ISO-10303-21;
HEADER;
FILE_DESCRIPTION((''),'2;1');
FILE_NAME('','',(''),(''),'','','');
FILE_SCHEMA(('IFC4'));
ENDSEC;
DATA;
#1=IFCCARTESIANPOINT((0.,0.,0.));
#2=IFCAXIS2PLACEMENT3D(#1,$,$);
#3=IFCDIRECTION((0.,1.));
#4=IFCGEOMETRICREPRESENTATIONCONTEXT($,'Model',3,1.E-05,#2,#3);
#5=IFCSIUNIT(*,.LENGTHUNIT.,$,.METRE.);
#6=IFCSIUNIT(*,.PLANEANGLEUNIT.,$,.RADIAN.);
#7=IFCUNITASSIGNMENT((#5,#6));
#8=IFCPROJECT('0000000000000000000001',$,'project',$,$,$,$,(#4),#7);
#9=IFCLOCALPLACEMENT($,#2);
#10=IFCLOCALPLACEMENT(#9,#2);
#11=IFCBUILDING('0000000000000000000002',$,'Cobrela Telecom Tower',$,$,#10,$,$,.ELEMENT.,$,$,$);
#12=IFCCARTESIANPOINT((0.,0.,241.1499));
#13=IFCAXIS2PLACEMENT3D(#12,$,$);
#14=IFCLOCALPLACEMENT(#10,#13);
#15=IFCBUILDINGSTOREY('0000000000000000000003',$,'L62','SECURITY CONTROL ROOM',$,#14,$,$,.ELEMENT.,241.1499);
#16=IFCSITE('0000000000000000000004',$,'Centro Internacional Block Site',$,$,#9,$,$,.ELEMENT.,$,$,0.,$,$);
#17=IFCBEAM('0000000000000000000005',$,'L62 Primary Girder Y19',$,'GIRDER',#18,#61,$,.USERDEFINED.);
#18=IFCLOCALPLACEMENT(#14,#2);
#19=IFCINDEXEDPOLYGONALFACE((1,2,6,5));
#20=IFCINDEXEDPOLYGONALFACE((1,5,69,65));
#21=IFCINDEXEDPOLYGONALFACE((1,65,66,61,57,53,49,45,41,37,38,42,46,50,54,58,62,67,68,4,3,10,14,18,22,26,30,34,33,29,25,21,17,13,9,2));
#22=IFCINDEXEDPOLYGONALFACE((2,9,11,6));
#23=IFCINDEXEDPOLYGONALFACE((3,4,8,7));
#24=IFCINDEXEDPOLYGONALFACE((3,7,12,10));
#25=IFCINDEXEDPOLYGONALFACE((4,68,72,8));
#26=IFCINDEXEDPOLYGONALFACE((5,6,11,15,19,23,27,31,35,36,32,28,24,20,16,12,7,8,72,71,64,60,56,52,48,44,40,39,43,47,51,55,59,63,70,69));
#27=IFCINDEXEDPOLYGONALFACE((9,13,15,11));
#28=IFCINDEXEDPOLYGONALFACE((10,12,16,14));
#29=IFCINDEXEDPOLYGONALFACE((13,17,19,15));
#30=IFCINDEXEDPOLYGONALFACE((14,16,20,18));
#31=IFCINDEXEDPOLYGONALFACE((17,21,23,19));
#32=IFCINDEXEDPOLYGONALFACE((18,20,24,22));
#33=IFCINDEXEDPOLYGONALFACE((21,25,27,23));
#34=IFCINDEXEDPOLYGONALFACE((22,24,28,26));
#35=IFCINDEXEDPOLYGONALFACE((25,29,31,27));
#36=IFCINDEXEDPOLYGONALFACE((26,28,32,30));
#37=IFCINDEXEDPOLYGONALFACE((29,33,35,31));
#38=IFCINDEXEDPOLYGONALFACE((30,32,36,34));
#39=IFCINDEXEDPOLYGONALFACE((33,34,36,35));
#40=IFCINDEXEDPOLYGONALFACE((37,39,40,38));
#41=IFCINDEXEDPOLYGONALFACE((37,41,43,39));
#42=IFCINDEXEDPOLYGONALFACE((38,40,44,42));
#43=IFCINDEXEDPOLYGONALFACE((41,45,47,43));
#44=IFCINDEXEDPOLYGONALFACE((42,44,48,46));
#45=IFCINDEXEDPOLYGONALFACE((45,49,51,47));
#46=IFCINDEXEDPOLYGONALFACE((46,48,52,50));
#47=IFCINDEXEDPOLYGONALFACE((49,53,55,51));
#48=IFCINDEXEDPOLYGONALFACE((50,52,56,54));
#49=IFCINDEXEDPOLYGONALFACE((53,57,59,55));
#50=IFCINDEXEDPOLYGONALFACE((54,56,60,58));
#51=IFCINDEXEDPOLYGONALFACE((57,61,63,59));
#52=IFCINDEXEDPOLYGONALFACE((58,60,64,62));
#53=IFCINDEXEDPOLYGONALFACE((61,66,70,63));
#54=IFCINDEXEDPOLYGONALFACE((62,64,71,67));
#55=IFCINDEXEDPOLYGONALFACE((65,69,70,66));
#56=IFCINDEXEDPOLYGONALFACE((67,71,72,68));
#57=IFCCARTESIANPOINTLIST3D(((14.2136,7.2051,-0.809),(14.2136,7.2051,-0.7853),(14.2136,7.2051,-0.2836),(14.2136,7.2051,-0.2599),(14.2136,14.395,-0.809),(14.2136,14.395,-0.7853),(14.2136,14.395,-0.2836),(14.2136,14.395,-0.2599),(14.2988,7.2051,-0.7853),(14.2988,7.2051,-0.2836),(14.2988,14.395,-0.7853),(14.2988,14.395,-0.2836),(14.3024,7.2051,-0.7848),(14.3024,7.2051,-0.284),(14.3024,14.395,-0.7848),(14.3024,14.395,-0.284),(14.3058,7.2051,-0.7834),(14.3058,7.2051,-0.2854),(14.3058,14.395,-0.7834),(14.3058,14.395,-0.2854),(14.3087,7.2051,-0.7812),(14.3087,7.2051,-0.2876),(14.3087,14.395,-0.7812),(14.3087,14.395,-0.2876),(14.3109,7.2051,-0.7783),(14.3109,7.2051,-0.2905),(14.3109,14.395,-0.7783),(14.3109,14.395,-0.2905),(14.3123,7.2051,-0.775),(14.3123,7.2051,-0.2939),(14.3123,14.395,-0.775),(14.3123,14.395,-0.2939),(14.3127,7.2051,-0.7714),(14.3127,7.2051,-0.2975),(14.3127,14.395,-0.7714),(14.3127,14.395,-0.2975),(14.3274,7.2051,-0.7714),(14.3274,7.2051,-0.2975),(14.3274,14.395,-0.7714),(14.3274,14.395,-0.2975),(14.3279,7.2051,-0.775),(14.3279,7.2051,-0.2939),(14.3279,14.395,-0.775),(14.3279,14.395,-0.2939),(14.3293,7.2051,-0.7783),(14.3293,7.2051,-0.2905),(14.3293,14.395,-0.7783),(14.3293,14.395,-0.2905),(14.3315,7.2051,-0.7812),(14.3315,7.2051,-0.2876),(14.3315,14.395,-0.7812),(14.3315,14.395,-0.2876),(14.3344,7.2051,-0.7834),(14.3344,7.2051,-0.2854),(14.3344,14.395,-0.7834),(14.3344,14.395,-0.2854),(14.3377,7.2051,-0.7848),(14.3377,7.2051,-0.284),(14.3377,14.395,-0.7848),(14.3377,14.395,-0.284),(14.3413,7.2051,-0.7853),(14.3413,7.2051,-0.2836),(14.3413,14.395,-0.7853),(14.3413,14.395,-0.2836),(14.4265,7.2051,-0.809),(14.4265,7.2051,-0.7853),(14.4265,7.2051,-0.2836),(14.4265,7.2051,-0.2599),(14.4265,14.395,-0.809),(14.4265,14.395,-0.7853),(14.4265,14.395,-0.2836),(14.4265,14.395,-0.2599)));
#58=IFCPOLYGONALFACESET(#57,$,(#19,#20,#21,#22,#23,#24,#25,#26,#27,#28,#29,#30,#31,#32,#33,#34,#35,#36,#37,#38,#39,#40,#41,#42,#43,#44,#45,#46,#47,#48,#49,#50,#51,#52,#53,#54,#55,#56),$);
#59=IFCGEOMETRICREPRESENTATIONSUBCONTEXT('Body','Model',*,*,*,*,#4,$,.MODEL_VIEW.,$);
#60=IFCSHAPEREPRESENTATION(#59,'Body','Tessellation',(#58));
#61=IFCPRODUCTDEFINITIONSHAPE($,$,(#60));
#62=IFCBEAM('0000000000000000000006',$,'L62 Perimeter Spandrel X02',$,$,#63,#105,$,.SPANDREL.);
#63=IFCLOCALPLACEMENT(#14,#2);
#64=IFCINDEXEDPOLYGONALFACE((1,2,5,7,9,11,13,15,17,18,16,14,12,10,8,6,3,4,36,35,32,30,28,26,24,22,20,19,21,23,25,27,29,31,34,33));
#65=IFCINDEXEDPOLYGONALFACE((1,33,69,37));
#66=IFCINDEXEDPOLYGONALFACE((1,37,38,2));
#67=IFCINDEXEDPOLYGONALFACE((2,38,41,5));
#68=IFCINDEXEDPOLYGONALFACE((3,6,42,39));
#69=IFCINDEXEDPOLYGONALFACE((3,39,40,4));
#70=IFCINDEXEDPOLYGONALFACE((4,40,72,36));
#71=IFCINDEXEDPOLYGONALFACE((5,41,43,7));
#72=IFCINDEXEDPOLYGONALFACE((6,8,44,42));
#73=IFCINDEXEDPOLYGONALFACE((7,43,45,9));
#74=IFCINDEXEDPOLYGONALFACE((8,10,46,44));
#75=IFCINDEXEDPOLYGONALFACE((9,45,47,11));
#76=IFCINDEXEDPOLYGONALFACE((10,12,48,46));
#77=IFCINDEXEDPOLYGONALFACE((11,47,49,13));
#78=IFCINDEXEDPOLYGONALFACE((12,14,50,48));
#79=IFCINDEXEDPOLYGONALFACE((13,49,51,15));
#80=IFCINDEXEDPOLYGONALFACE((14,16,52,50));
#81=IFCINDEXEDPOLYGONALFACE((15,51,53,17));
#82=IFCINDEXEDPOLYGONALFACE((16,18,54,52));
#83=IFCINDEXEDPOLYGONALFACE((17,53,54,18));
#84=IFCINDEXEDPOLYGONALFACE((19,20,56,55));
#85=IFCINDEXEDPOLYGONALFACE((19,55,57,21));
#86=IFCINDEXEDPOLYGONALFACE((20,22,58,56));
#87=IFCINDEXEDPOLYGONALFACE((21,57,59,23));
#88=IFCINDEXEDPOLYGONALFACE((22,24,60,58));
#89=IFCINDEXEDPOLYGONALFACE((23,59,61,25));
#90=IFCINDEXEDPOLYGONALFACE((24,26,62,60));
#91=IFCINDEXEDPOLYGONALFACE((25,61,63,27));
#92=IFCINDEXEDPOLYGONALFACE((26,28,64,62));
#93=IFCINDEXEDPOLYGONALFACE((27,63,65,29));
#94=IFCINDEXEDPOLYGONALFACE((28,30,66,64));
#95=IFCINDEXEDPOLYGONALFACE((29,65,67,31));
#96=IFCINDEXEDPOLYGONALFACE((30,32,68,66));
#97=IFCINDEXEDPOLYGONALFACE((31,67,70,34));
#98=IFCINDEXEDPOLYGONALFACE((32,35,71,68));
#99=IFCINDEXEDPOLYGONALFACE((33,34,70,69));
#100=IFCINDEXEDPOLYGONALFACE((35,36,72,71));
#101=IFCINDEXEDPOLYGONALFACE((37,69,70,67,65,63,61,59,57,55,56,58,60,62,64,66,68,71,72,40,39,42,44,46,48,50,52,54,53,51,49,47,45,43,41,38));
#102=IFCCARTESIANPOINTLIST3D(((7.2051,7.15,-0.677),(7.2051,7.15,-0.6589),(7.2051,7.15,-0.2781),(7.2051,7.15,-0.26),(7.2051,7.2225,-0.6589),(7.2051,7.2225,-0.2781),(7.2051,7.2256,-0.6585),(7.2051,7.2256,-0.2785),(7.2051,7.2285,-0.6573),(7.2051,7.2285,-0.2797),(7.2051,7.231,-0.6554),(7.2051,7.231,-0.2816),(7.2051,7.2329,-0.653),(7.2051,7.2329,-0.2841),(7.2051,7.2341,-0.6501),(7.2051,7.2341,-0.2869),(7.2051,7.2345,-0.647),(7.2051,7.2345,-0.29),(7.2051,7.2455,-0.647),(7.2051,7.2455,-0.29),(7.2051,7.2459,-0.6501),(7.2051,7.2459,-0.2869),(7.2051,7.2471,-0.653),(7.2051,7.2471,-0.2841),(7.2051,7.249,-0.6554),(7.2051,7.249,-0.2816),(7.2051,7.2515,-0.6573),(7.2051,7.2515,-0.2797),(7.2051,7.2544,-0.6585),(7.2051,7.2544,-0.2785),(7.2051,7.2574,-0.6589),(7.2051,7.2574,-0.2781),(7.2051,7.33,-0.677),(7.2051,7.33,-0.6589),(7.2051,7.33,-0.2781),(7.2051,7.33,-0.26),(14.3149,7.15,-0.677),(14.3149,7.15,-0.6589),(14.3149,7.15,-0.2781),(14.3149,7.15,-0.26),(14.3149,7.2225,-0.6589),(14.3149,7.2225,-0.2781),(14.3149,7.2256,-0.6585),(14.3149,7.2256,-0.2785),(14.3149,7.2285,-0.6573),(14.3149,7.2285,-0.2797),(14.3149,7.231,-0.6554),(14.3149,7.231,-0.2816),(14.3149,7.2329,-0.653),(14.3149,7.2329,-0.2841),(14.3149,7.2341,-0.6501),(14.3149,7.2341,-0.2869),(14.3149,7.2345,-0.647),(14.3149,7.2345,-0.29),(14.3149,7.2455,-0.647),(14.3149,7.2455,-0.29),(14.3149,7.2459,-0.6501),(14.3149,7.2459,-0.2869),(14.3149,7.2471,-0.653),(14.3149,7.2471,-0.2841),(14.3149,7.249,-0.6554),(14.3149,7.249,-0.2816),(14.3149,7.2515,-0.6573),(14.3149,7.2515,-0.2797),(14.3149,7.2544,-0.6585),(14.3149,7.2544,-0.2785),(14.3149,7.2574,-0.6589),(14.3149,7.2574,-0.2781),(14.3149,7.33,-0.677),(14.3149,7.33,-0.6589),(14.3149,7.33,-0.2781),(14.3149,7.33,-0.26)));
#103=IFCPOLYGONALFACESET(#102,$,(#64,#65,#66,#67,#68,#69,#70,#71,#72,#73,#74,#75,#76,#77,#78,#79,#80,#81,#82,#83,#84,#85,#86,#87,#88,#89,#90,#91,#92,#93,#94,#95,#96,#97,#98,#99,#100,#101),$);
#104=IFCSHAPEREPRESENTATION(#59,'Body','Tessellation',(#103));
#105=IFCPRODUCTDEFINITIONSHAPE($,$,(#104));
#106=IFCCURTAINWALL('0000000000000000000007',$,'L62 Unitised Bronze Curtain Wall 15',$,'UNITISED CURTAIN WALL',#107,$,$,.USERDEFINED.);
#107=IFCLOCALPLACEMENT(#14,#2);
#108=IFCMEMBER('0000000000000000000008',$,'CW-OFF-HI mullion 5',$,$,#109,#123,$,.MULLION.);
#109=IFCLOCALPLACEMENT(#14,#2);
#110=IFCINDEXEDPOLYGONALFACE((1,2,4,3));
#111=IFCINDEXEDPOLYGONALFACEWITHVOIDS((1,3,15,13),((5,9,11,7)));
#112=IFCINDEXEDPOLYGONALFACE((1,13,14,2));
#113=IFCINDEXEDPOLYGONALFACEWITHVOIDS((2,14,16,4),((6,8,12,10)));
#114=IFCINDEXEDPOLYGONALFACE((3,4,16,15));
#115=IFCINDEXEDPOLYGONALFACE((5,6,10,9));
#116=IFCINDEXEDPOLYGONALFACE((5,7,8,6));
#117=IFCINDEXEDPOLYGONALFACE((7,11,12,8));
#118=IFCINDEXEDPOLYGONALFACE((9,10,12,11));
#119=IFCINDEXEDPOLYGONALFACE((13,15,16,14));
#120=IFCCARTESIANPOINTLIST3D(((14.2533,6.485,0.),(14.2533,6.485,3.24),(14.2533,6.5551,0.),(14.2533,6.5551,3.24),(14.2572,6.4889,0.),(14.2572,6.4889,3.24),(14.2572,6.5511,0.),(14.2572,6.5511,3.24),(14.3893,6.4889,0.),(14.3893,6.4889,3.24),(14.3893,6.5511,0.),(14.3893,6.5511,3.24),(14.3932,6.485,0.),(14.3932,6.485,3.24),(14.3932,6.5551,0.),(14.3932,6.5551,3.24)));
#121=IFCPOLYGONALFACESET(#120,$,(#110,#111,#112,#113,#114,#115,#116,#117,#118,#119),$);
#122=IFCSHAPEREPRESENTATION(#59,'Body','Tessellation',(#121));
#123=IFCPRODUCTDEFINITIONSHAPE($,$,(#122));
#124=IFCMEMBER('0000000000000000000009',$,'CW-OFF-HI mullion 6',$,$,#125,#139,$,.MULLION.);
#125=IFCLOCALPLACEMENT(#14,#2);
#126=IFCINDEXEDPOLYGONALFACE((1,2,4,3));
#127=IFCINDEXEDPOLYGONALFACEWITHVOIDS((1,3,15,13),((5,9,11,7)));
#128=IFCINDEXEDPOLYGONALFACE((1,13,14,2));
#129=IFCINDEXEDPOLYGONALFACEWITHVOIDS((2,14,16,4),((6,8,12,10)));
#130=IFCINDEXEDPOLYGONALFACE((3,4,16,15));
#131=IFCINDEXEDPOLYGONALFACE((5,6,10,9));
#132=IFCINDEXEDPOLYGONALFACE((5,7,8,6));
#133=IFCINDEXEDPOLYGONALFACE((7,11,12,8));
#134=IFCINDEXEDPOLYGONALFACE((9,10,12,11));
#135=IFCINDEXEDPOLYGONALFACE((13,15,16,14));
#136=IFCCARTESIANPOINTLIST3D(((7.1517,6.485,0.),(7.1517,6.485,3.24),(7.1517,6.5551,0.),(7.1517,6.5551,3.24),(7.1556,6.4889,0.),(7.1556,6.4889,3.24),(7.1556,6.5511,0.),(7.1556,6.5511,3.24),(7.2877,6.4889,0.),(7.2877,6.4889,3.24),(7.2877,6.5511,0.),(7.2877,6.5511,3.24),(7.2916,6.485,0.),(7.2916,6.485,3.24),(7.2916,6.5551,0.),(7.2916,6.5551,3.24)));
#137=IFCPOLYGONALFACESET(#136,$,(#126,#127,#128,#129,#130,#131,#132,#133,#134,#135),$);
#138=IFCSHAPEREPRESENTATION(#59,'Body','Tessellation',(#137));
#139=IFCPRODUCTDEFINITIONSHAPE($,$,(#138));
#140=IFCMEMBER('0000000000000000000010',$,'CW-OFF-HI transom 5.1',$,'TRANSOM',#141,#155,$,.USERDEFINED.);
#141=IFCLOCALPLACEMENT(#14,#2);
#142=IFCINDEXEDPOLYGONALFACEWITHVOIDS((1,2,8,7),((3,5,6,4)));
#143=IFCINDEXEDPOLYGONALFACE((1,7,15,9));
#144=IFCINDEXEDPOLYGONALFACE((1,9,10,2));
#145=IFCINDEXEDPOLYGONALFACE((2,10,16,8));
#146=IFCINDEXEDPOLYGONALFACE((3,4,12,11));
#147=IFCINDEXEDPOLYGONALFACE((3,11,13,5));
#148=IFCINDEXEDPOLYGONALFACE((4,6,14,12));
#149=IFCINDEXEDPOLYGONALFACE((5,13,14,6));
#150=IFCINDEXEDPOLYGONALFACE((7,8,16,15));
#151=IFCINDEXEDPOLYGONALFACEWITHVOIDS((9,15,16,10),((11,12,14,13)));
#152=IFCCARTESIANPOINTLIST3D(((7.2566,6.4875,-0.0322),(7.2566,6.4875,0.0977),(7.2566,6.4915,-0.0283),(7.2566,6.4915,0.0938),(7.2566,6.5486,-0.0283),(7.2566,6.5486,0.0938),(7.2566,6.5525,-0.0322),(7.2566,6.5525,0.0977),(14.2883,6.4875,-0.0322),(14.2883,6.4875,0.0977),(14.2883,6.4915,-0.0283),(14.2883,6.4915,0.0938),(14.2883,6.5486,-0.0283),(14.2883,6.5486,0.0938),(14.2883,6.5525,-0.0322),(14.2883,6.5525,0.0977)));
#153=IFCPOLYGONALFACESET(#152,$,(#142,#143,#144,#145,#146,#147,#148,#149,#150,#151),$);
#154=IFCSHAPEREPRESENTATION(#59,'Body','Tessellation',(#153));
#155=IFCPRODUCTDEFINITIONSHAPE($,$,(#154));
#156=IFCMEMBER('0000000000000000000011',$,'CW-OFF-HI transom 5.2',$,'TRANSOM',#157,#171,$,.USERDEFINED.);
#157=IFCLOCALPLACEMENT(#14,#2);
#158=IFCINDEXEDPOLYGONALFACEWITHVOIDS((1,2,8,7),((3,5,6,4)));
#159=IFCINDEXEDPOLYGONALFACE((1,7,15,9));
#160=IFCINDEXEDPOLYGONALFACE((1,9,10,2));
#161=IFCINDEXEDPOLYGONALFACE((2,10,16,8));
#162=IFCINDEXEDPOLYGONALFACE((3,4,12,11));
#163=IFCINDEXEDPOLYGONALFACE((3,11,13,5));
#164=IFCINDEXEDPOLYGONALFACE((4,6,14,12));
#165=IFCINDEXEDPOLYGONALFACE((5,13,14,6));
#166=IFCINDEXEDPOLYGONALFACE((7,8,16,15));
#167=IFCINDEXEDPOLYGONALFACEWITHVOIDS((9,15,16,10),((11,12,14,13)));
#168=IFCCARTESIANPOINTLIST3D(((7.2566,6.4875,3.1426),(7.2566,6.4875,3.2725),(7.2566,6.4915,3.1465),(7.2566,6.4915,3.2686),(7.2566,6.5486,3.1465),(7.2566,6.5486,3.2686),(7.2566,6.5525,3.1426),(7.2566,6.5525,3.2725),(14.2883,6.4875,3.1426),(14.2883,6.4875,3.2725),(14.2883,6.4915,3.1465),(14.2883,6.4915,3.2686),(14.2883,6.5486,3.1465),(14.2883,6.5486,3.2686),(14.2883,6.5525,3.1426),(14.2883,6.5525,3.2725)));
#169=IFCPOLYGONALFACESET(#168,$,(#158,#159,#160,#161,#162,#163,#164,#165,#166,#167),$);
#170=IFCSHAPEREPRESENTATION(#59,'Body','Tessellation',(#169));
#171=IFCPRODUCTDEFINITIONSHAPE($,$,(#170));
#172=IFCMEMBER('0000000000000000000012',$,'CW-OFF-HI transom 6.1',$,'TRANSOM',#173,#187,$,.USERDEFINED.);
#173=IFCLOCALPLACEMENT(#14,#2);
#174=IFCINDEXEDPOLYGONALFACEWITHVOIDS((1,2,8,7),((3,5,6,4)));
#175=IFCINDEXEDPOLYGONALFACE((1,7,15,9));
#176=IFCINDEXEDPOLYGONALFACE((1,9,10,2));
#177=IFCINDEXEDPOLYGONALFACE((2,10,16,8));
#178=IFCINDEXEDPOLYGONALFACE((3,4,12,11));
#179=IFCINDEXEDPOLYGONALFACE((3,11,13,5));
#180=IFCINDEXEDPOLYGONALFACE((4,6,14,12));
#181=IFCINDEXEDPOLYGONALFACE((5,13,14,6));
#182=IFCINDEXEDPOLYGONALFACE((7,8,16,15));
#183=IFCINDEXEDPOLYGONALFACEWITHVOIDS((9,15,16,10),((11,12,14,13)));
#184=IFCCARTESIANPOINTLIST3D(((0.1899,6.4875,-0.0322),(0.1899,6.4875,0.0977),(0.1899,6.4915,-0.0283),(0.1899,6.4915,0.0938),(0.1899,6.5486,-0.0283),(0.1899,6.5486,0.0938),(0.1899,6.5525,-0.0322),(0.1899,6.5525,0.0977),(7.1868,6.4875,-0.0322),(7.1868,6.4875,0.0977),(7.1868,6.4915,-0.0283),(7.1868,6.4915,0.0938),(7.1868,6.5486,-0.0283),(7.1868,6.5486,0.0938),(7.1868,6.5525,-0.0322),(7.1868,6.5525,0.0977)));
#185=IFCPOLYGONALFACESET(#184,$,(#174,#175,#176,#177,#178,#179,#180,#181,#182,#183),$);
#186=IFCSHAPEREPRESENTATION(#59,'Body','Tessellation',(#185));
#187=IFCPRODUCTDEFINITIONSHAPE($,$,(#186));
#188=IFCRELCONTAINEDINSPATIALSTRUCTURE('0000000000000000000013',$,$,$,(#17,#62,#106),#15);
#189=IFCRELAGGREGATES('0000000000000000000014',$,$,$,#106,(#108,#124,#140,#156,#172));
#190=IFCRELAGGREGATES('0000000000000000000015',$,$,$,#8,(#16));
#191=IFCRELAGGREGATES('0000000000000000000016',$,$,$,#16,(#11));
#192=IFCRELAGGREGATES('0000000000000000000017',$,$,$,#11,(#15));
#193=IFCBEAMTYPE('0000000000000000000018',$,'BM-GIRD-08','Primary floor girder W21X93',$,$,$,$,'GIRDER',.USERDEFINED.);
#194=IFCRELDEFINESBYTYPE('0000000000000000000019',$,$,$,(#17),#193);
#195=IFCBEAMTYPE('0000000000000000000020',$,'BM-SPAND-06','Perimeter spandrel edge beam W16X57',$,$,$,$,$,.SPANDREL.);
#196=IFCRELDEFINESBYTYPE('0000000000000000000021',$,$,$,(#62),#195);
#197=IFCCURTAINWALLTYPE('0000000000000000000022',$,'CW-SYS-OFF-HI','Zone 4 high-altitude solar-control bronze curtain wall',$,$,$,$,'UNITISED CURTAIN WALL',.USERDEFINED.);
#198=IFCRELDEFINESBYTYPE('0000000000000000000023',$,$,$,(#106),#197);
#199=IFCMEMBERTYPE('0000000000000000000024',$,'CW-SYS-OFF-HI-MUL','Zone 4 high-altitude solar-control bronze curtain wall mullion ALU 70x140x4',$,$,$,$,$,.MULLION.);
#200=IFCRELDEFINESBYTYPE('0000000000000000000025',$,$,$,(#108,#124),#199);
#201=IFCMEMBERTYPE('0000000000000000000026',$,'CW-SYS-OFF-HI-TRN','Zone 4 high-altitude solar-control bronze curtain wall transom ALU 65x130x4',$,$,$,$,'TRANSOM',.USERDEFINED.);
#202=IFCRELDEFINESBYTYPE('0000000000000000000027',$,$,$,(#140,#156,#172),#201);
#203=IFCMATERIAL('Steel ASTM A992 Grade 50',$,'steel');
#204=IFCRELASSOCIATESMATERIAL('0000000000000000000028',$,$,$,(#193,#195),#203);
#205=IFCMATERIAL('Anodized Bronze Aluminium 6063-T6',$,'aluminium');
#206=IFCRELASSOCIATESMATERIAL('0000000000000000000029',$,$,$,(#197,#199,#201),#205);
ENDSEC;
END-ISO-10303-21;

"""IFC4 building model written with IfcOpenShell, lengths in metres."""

from ifc_helpers import new_model, si_unit, direction, frame, origin, origin_2d, place, context, subcontext, project, spatial, hollow_rectangle, i_section, extrude, material, material_profile, profile_set, type_object, element, aggregate, save


model = new_model("IFC4")

# Units and contexts
model_context = context("Model", 3, precision=1e-05, world=origin(), true_north=direction((0.0, 1.0)))
body_context = subcontext(model_context, "Body", "Model", "MODEL_VIEW")
ifc_project = project(units=[si_unit("LENGTHUNIT", "METRE"), si_unit("PLANEANGLEUNIT", "RADIAN")], contexts=[model_context])

# Site, building, storey
site_placement = place(None, origin())
site = spatial("IfcSite", under=ifc_project, at=site_placement, Name="Centro Internacional Block Site", CompositionType="ELEMENT", RefElevation=0.0)
building_placement = place(site_placement, origin())
building = spatial("IfcBuilding", under=site, at=building_placement, Name="Cobrela Telecom Tower", CompositionType="ELEMENT")
storey_placement = place(building_placement, frame((0.0, 0.0, 241.1499)))
storey = spatial("IfcBuildingStorey", under=building, at=storey_placement, Name="L62", Description="SECURITY CONTROL ROOM", CompositionType="ELEMENT", Elevation=241.1499)

# Beams
ifc_material_1 = material(Name="Steel ASTM A992 Grade 50", Category="steel")
ifc_material_profile_1 = material_profile(ifc_material_1, i_section(OverallWidth=0.2129, OverallDepth=0.5491, WebThickness=0.0146, FlangeThickness=0.0237, FilletRadius=0.0139, at=origin_2d()), Name="W21X93")
ifc_profile_set_1 = profile_set([ifc_material_profile_1], Name="Steel ASTM A992 Grade 50")
beam_type_1 = type_object("IfcBeamType", Name="BM-GIRD-08", Description="Primary floor girder W21X93", ElementType="GIRDER", PredefinedType="USERDEFINED", material=ifc_profile_set_1)
beam_1_placement = place(storey_placement, frame((14.3201, 7.2051, -0.5344), z_axis=(0.0, 1.0, 0.0), x_axis=(-1.0, 0.0, 0.0)))
element("IfcBeam", 1, at=beam_1_placement, inside=storey, type_object=beam_type_1, Name="L62 Primary Girder Y19", ObjectType="GIRDER", PredefinedType="USERDEFINED", context=body_context, shape_type="SweptSolid", body=[
    extrude(i_section(OverallWidth=0.2129, OverallDepth=0.5491, WebThickness=0.0146, FlangeThickness=0.0237, FilletRadius=0.0139, at=origin_2d()), origin(), (0.0, 0.0, 1.0), 7.1899),
])
ifc_material_profile_2 = material_profile(ifc_material_1, i_section(OverallWidth=0.1799, OverallDepth=0.417, WebThickness=0.011, FlangeThickness=0.0181, FilletRadius=0.012, at=origin_2d()), Name="W16X57")
ifc_profile_set_2 = profile_set([ifc_material_profile_2], Name="Steel ASTM A992 Grade 50")
beam_type_2 = type_object("IfcBeamType", Name="BM-SPAND-06", Description="Perimeter spandrel edge beam W16X57", PredefinedType="SPANDREL", material=ifc_profile_set_2)
beam_2_placement = place(storey_placement, frame((7.2051, 7.24, -0.4685), z_axis=(1.0, 0.0, 0.0), x_axis=(0.0, 1.0, 0.0)))
element("IfcBeam", 2, at=beam_2_placement, inside=storey, type_object=beam_type_2, Name="L62 Perimeter Spandrel X02", PredefinedType="SPANDREL", context=body_context, shape_type="SweptSolid", body=[
    extrude(i_section(OverallWidth=0.1799, OverallDepth=0.417, WebThickness=0.011, FlangeThickness=0.0181, FilletRadius=0.012, at=origin_2d()), origin(), (0.0, 0.0, 1.0), 7.1099),
])

# Curtain wall, members
ifc_material_2 = material(Name="Anodized Bronze Aluminium 6063-T6", Category="aluminium")
curtain_wall_type = type_object("IfcCurtainWallType", Name="CW-SYS-OFF-HI", Description="Zone 4 high-altitude solar-control bronze curtain wall", ElementType="UNITISED CURTAIN WALL", PredefinedType="USERDEFINED", material=ifc_material_2)
curtain_wall_placement = place(storey_placement, origin())
curtain_wall = element("IfcCurtainWall", 3, at=curtain_wall_placement, inside=storey, type_object=curtain_wall_type, Name="L62 Unitised Bronze Curtain Wall 15", ObjectType="UNITISED CURTAIN WALL", PredefinedType="USERDEFINED")
ifc_material_profile_3 = material_profile(ifc_material_2, hollow_rectangle(XDim=0.0701, YDim=0.1399, WallThickness=0.0039, at=origin_2d()), Name="ALU 70x140x4")
ifc_profile_set_3 = profile_set([ifc_material_profile_3], Name="Anodized Bronze Aluminium 6063-T6")
member_type_1 = type_object("IfcMemberType", Name="CW-SYS-OFF-HI-MUL", Description="Zone 4 high-altitude solar-control bronze curtain wall mullion ALU 70x140x4", PredefinedType="MULLION", material=ifc_profile_set_3)
member_1_placement = place(storey_placement, frame((14.3232, 6.52, 0.0), z_axis=(0.0, 0.0, 1.0), x_axis=(0.0, -1.0, 0.0)))
member_1 = element("IfcMember", 4, at=member_1_placement, type_object=member_type_1, Name="CW-OFF-HI mullion 5", PredefinedType="MULLION", context=body_context, shape_type="SweptSolid", body=[
    extrude(hollow_rectangle(XDim=0.0701, YDim=0.1399, WallThickness=0.0039, at=origin_2d()), origin(), (0.0, 0.0, 1.0), 3.24),
])
member_2_placement = place(storey_placement, frame((7.2217, 6.52, 0.0), z_axis=(0.0, 0.0, 1.0), x_axis=(0.0, -1.0, 0.0)))
member_2 = element("IfcMember", 5, at=member_2_placement, type_object=member_type_1, Name="CW-OFF-HI mullion 6", PredefinedType="MULLION", context=body_context, shape_type="SweptSolid", body=[
    extrude(hollow_rectangle(XDim=0.0701, YDim=0.1399, WallThickness=0.0039, at=origin_2d()), origin(), (0.0, 0.0, 1.0), 3.24),
])
ifc_material_profile_4 = material_profile(ifc_material_2, hollow_rectangle(XDim=0.0649, YDim=0.1299, WallThickness=0.0039, at=origin_2d()), Name="ALU 65x130x4")
ifc_profile_set_4 = profile_set([ifc_material_profile_4], Name="Anodized Bronze Aluminium 6063-T6")
member_type_2 = type_object("IfcMemberType", Name="CW-SYS-OFF-HI-TRN", Description="Zone 4 high-altitude solar-control bronze curtain wall transom ALU 65x130x4", ElementType="TRANSOM", PredefinedType="USERDEFINED", material=ifc_profile_set_4)
member_3_placement = place(storey_placement, frame((14.2883, 6.52, 0.0327), z_axis=(-1.0, 0.0, 0.0), x_axis=(0.0, -1.0, 0.0)))
member_3 = element("IfcMember", 6, at=member_3_placement, type_object=member_type_2, Name="CW-OFF-HI transom 5.1", ObjectType="TRANSOM", PredefinedType="USERDEFINED", context=body_context, shape_type="SweptSolid", body=[
    extrude(hollow_rectangle(XDim=0.0649, YDim=0.1299, WallThickness=0.0039, at=origin_2d()), origin(), (0.0, 0.0, 1.0), 7.0317),
])
member_4_placement = place(storey_placement, frame((14.2883, 6.52, 3.2075), z_axis=(-1.0, 0.0, 0.0), x_axis=(0.0, -1.0, 0.0)))
member_4 = element("IfcMember", 7, at=member_4_placement, type_object=member_type_2, Name="CW-OFF-HI transom 5.2", ObjectType="TRANSOM", PredefinedType="USERDEFINED", context=body_context, shape_type="SweptSolid", body=[
    extrude(hollow_rectangle(XDim=0.0649, YDim=0.1299, WallThickness=0.0039, at=origin_2d()), origin(), (0.0, 0.0, 1.0), 7.0317),
])
member_5_placement = place(storey_placement, frame((7.1868, 6.52, 0.0327), z_axis=(-1.0, 0.0, 0.0), x_axis=(0.0, -1.0, 0.0)))
member_5 = element("IfcMember", 8, at=member_5_placement, type_object=member_type_2, Name="CW-OFF-HI transom 6.1", ObjectType="TRANSOM", PredefinedType="USERDEFINED", context=body_context, shape_type="SweptSolid", body=[
    extrude(hollow_rectangle(XDim=0.0649, YDim=0.1299, WallThickness=0.0039, at=origin_2d()), origin(), (0.0, 0.0, 1.0), 6.9968),
])
aggregate(curtain_wall, [member_1, member_2, member_3, member_4, member_5])

save(model, "model.ifc")
